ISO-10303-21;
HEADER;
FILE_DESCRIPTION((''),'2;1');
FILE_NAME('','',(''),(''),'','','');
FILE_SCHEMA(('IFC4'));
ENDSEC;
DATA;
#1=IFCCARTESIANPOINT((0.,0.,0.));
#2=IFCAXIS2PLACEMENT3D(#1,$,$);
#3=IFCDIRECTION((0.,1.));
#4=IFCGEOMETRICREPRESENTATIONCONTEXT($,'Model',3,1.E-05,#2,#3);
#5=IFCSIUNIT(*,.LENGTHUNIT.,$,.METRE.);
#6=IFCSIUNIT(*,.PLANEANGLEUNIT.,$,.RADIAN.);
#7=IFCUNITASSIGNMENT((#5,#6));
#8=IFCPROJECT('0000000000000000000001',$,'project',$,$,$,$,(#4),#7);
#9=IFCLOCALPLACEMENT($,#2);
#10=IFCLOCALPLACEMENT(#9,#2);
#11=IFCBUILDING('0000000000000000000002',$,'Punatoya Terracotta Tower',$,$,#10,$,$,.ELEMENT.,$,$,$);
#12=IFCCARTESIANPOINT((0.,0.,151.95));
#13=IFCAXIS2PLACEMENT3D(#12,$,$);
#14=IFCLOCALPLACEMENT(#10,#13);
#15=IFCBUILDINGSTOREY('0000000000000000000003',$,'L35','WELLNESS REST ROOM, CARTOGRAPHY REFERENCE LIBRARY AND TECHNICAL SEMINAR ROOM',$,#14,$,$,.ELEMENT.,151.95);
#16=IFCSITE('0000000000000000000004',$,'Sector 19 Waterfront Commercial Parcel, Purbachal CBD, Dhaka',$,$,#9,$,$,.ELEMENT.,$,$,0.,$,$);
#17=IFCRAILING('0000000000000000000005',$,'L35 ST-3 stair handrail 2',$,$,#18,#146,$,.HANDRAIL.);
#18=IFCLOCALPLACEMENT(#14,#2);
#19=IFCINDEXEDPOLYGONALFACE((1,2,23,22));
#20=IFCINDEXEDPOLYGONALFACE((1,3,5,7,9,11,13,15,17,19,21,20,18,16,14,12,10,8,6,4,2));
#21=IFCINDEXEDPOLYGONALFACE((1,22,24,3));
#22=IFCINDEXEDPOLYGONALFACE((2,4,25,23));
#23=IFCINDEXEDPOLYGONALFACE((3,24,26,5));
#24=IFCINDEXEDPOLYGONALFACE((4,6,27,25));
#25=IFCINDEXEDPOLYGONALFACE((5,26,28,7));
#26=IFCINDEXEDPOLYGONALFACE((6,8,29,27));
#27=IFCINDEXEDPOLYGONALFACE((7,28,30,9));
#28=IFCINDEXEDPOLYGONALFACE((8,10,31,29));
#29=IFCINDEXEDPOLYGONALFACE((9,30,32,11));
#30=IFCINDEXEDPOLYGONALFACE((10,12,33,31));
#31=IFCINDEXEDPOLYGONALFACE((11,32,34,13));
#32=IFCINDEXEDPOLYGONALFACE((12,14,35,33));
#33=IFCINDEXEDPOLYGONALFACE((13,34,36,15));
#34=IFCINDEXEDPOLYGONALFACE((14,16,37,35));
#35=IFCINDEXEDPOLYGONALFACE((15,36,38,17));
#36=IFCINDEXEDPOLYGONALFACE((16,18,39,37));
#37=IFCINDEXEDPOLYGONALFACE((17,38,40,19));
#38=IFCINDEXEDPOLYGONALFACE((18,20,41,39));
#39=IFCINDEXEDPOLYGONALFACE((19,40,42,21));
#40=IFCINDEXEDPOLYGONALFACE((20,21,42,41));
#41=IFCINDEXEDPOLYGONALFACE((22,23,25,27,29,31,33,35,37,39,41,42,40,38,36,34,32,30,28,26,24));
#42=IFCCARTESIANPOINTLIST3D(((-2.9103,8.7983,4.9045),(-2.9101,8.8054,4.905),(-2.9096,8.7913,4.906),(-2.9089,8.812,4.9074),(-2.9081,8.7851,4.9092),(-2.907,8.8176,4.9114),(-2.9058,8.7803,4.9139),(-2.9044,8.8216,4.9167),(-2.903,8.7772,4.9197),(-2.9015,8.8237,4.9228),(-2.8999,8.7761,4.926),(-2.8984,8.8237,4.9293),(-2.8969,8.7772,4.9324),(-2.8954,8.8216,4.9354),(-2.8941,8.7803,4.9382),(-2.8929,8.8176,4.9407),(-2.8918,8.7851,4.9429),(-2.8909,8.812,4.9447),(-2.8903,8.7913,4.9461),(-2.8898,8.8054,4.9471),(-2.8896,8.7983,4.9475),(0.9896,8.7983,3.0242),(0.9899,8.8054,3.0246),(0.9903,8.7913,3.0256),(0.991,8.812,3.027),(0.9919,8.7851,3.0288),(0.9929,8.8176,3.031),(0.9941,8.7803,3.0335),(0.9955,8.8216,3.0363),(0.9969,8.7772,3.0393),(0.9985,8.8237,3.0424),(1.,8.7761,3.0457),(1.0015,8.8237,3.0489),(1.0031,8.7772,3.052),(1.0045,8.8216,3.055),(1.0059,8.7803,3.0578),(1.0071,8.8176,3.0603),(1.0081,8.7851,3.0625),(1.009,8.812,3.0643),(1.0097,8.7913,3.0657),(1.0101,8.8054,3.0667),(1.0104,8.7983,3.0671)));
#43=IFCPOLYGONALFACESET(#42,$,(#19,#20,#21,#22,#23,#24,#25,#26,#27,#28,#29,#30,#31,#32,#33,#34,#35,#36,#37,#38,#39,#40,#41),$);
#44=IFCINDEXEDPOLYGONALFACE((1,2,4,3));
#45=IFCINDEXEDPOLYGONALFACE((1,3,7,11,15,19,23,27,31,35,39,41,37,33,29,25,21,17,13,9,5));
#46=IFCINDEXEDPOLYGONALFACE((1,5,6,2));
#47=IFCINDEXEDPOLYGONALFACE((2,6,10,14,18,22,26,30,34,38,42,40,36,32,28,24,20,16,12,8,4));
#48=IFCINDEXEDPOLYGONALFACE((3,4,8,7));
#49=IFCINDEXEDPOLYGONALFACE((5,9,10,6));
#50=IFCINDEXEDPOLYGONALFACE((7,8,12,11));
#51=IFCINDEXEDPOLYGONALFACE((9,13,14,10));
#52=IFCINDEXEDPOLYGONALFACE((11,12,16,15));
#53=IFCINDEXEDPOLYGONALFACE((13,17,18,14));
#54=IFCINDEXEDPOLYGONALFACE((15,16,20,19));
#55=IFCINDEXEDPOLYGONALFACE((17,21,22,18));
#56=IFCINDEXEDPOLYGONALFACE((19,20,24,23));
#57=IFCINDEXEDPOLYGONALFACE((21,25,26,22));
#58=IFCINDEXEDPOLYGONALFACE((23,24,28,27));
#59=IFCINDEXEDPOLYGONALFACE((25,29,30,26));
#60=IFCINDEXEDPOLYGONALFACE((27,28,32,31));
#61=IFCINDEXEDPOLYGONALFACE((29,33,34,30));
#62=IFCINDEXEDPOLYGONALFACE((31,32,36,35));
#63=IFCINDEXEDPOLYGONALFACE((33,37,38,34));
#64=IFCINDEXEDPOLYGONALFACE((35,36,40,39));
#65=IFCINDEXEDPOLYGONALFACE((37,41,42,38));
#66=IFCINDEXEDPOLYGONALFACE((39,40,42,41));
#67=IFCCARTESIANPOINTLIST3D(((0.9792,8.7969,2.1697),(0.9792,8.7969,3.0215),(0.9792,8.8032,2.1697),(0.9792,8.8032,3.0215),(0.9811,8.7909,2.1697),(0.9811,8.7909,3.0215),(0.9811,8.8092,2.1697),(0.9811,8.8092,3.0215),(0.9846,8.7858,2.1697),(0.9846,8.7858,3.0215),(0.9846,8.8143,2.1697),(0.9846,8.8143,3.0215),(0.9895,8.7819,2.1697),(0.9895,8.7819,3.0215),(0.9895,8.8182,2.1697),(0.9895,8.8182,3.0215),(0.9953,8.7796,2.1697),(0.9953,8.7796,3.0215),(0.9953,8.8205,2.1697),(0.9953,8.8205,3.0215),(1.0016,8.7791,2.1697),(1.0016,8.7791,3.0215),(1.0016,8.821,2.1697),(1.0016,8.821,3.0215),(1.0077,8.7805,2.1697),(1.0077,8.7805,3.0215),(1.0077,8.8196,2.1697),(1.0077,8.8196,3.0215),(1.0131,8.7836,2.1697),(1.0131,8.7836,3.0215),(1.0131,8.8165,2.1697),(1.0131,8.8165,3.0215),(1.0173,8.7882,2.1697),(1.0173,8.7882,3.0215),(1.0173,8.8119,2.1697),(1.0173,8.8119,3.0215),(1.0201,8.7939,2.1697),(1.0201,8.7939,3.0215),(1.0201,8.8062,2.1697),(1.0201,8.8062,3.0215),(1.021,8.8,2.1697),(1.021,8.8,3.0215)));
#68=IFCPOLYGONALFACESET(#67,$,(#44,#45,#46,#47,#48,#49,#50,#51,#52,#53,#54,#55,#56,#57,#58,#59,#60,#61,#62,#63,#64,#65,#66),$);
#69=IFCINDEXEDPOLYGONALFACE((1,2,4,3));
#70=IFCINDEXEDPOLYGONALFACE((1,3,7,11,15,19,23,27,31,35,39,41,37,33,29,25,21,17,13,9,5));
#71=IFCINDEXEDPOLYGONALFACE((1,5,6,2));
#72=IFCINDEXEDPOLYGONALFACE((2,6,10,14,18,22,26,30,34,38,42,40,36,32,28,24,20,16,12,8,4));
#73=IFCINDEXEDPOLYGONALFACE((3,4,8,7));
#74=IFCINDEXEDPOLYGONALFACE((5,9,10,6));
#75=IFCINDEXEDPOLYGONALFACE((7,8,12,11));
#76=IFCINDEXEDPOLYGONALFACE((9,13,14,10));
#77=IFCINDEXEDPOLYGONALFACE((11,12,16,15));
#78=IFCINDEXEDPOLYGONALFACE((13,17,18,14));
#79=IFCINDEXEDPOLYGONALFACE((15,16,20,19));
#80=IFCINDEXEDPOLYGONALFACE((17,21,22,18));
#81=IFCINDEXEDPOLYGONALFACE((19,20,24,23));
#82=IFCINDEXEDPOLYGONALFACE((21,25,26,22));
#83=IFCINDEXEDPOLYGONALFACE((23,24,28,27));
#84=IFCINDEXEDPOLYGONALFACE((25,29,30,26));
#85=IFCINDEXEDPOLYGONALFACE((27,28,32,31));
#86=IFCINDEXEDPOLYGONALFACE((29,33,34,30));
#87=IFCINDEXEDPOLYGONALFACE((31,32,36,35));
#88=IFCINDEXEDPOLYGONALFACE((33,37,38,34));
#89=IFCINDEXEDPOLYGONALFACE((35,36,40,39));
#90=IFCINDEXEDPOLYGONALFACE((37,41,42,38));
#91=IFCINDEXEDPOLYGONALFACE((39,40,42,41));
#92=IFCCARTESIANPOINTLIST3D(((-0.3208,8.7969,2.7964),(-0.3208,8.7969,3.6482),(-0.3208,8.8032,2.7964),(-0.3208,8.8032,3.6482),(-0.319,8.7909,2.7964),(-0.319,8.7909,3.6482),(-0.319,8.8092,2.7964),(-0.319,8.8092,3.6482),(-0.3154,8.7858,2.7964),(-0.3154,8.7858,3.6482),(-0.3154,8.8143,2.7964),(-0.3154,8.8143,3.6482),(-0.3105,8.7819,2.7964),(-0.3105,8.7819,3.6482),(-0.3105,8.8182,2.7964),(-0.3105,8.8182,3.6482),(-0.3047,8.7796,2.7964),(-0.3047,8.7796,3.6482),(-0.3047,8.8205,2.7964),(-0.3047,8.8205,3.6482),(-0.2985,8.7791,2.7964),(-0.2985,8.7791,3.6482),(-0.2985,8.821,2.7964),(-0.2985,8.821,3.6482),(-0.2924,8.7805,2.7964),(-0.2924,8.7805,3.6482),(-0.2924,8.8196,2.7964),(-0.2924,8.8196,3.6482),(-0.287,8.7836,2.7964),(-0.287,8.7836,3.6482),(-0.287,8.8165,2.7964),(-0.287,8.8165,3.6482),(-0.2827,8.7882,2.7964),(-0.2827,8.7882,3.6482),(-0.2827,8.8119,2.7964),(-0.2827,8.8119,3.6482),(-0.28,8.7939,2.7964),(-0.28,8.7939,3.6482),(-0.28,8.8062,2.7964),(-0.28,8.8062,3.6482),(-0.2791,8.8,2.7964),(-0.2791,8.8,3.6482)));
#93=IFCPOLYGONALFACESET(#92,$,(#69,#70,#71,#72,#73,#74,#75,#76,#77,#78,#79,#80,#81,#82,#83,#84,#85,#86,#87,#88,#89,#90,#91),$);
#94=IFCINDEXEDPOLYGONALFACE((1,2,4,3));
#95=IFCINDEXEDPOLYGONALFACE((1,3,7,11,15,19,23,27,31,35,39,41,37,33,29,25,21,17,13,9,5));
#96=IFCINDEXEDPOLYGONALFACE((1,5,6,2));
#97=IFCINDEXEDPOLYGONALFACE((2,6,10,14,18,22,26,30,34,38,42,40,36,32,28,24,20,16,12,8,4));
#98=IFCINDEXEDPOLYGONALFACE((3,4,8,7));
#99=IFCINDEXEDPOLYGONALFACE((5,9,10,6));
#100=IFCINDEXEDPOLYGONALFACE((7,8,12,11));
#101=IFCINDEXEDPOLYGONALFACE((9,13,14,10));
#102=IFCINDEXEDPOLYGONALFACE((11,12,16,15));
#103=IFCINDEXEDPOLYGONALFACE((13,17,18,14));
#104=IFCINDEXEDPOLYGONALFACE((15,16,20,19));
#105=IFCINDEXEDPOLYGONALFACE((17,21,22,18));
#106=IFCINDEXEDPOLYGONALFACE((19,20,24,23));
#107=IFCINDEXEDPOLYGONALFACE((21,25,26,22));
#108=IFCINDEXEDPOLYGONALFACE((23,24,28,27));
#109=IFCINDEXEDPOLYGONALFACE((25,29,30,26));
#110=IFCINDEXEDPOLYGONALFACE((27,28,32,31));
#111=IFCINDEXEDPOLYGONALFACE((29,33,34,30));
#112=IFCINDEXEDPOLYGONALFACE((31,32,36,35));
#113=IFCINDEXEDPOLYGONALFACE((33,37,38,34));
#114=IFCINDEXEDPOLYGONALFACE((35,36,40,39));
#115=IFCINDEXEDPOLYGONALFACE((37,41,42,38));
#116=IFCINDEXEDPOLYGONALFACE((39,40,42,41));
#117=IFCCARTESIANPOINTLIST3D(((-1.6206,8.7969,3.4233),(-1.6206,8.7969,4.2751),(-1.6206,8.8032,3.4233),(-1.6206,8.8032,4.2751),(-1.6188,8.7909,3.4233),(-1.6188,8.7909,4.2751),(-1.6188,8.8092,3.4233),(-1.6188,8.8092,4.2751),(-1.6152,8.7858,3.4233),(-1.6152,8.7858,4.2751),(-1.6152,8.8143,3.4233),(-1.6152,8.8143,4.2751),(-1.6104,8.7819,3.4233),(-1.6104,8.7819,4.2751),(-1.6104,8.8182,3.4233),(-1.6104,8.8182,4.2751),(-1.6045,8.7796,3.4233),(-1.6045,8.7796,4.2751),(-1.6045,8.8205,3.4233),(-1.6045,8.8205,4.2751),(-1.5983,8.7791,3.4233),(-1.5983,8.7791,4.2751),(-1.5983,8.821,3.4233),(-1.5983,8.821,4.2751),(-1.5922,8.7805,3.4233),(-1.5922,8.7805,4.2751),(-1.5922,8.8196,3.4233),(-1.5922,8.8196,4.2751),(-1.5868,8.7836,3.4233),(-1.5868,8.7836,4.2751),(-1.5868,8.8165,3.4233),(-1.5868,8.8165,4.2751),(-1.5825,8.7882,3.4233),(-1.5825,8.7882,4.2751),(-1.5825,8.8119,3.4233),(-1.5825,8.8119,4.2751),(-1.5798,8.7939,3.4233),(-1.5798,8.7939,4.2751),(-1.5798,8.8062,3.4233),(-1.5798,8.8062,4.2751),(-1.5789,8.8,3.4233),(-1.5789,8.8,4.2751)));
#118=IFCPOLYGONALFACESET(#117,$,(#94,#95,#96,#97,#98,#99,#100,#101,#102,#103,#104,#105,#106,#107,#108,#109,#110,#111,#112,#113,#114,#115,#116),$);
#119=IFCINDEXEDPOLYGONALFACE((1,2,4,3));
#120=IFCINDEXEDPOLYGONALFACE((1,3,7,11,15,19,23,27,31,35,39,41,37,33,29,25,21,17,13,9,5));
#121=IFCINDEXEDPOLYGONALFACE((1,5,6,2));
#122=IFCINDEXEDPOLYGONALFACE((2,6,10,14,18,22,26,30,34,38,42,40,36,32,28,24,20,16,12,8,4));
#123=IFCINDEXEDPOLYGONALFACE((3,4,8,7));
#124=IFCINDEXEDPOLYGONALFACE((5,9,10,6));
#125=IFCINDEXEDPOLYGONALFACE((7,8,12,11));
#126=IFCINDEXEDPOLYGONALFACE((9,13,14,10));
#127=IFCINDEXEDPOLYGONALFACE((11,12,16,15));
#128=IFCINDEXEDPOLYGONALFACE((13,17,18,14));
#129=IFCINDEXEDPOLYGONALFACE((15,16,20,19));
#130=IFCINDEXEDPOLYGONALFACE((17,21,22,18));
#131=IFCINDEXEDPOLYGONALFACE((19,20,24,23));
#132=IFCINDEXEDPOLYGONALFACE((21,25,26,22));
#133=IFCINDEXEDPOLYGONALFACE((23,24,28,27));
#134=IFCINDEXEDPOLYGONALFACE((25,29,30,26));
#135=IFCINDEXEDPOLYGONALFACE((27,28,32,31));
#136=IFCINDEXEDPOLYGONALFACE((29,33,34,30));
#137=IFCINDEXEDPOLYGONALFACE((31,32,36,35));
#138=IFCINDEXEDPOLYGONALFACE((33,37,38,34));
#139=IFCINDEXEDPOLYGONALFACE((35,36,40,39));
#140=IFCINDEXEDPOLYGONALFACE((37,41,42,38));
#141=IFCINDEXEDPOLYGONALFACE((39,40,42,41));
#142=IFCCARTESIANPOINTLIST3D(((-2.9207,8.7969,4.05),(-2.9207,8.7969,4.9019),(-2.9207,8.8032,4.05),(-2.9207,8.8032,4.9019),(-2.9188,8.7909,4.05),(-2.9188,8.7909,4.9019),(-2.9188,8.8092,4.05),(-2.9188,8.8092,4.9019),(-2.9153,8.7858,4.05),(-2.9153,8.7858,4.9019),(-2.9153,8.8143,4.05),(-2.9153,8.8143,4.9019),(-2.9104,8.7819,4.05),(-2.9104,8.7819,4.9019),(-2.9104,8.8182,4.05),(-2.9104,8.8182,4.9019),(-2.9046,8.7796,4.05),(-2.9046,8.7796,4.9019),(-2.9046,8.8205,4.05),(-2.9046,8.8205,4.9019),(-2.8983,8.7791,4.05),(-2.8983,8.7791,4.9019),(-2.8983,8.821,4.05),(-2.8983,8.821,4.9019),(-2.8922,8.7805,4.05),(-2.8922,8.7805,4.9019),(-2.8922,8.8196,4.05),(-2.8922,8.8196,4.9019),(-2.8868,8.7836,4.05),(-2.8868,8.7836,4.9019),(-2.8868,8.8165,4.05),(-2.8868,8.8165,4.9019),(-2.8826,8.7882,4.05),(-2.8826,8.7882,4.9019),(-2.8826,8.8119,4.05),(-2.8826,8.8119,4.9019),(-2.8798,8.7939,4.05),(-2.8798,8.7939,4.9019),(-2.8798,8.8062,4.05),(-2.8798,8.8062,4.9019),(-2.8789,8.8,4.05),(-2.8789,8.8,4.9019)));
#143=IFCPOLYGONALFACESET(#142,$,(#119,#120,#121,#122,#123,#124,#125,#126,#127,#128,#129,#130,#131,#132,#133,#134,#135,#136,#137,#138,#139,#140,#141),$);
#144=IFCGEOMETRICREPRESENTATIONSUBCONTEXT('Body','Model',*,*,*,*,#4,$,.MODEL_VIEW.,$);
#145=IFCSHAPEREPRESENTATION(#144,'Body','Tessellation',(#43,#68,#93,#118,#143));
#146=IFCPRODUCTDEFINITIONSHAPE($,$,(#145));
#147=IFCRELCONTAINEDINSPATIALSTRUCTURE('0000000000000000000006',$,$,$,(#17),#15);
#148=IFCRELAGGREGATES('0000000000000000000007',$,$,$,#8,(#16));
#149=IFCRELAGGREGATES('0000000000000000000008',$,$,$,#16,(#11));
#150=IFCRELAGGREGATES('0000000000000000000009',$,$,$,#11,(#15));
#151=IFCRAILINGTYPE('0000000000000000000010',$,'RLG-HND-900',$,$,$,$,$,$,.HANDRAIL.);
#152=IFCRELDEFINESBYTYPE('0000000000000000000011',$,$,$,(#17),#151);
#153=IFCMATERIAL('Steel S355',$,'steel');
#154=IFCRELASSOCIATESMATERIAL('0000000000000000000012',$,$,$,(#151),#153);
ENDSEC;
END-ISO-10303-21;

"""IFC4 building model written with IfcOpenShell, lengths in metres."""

from ifc_helpers import new_model, si_unit, direction, frame, origin, origin_2d, place, context, subcontext, project, spatial, circle, extrude, material, type_object, element, save


model = new_model("IFC4")

# Units and contexts
model_context = context("Model", 3, precision=1e-05, world=origin(), true_north=direction((0.0, 1.0)))
body_context = subcontext(model_context, "Body", "Model", "MODEL_VIEW")
ifc_project = project(units=[si_unit("LENGTHUNIT", "METRE"), si_unit("PLANEANGLEUNIT", "RADIAN")], contexts=[model_context])

# Site, building, storey
site_placement = place(None, origin())
site = spatial("IfcSite", under=ifc_project, at=site_placement, Name="Sector 19 Waterfront Commercial Parcel, Purbachal CBD, Dhaka", CompositionType="ELEMENT", RefElevation=0.0)
building_placement = place(site_placement, origin())
building = spatial("IfcBuilding", under=site, at=building_placement, Name="Punatoya Terracotta Tower", CompositionType="ELEMENT")
storey_placement = place(building_placement, frame((0.0, 0.0, 151.95)))
storey = spatial("IfcBuildingStorey", under=building, at=storey_placement, Name="L35", Description="WELLNESS REST ROOM, CARTOGRAPHY REFERENCE LIBRARY AND TECHNICAL SEMINAR ROOM", CompositionType="ELEMENT", Elevation=151.95)

# Shared definitions
ifc_material_1 = material(Name="Steel S355", Category="steel")

# Railing
railing_type_1 = type_object("IfcRailingType", Name="RLG-HND-900", PredefinedType="HANDRAIL", material=ifc_material_1)
railing_1_placement = place(storey_placement, frame((1.0, 8.8, 2.1697)))
element("IfcRailing", 1, at=railing_1_placement, inside=storey, type_object=railing_type_1, Name="L35 ST-3 stair handrail 2", PredefinedType="HANDRAIL", context=body_context, shape_type="SweptSolid", body=[
    extrude(circle(Radius=0.0239, at=origin_2d()), frame((0.0, 0.0, 0.876), z_axis=(-0.900763, 0.0, 0.434311), x_axis=(0.0, -1.0, 0.0)), (0.0, 0.0, 1.0), 4.3296),
    extrude(circle(Radius=0.021, at=origin_2d()), origin(), (0.0, 0.0, 1.0), 0.8518),
    extrude(circle(Radius=0.021, at=origin_2d()), frame((-1.3, 0.0, 0.6267)), (0.0, 0.0, 1.0), 0.8518),
    extrude(circle(Radius=0.021, at=origin_2d()), frame((-2.5999, 0.0, 1.2537)), (0.0, 0.0, 1.0), 0.8518),
    extrude(circle(Radius=0.021, at=origin_2d()), frame((-3.8999, 0.0, 1.8804)), (0.0, 0.0, 1.0), 0.8518),
])

save(model, "model.ifc")
